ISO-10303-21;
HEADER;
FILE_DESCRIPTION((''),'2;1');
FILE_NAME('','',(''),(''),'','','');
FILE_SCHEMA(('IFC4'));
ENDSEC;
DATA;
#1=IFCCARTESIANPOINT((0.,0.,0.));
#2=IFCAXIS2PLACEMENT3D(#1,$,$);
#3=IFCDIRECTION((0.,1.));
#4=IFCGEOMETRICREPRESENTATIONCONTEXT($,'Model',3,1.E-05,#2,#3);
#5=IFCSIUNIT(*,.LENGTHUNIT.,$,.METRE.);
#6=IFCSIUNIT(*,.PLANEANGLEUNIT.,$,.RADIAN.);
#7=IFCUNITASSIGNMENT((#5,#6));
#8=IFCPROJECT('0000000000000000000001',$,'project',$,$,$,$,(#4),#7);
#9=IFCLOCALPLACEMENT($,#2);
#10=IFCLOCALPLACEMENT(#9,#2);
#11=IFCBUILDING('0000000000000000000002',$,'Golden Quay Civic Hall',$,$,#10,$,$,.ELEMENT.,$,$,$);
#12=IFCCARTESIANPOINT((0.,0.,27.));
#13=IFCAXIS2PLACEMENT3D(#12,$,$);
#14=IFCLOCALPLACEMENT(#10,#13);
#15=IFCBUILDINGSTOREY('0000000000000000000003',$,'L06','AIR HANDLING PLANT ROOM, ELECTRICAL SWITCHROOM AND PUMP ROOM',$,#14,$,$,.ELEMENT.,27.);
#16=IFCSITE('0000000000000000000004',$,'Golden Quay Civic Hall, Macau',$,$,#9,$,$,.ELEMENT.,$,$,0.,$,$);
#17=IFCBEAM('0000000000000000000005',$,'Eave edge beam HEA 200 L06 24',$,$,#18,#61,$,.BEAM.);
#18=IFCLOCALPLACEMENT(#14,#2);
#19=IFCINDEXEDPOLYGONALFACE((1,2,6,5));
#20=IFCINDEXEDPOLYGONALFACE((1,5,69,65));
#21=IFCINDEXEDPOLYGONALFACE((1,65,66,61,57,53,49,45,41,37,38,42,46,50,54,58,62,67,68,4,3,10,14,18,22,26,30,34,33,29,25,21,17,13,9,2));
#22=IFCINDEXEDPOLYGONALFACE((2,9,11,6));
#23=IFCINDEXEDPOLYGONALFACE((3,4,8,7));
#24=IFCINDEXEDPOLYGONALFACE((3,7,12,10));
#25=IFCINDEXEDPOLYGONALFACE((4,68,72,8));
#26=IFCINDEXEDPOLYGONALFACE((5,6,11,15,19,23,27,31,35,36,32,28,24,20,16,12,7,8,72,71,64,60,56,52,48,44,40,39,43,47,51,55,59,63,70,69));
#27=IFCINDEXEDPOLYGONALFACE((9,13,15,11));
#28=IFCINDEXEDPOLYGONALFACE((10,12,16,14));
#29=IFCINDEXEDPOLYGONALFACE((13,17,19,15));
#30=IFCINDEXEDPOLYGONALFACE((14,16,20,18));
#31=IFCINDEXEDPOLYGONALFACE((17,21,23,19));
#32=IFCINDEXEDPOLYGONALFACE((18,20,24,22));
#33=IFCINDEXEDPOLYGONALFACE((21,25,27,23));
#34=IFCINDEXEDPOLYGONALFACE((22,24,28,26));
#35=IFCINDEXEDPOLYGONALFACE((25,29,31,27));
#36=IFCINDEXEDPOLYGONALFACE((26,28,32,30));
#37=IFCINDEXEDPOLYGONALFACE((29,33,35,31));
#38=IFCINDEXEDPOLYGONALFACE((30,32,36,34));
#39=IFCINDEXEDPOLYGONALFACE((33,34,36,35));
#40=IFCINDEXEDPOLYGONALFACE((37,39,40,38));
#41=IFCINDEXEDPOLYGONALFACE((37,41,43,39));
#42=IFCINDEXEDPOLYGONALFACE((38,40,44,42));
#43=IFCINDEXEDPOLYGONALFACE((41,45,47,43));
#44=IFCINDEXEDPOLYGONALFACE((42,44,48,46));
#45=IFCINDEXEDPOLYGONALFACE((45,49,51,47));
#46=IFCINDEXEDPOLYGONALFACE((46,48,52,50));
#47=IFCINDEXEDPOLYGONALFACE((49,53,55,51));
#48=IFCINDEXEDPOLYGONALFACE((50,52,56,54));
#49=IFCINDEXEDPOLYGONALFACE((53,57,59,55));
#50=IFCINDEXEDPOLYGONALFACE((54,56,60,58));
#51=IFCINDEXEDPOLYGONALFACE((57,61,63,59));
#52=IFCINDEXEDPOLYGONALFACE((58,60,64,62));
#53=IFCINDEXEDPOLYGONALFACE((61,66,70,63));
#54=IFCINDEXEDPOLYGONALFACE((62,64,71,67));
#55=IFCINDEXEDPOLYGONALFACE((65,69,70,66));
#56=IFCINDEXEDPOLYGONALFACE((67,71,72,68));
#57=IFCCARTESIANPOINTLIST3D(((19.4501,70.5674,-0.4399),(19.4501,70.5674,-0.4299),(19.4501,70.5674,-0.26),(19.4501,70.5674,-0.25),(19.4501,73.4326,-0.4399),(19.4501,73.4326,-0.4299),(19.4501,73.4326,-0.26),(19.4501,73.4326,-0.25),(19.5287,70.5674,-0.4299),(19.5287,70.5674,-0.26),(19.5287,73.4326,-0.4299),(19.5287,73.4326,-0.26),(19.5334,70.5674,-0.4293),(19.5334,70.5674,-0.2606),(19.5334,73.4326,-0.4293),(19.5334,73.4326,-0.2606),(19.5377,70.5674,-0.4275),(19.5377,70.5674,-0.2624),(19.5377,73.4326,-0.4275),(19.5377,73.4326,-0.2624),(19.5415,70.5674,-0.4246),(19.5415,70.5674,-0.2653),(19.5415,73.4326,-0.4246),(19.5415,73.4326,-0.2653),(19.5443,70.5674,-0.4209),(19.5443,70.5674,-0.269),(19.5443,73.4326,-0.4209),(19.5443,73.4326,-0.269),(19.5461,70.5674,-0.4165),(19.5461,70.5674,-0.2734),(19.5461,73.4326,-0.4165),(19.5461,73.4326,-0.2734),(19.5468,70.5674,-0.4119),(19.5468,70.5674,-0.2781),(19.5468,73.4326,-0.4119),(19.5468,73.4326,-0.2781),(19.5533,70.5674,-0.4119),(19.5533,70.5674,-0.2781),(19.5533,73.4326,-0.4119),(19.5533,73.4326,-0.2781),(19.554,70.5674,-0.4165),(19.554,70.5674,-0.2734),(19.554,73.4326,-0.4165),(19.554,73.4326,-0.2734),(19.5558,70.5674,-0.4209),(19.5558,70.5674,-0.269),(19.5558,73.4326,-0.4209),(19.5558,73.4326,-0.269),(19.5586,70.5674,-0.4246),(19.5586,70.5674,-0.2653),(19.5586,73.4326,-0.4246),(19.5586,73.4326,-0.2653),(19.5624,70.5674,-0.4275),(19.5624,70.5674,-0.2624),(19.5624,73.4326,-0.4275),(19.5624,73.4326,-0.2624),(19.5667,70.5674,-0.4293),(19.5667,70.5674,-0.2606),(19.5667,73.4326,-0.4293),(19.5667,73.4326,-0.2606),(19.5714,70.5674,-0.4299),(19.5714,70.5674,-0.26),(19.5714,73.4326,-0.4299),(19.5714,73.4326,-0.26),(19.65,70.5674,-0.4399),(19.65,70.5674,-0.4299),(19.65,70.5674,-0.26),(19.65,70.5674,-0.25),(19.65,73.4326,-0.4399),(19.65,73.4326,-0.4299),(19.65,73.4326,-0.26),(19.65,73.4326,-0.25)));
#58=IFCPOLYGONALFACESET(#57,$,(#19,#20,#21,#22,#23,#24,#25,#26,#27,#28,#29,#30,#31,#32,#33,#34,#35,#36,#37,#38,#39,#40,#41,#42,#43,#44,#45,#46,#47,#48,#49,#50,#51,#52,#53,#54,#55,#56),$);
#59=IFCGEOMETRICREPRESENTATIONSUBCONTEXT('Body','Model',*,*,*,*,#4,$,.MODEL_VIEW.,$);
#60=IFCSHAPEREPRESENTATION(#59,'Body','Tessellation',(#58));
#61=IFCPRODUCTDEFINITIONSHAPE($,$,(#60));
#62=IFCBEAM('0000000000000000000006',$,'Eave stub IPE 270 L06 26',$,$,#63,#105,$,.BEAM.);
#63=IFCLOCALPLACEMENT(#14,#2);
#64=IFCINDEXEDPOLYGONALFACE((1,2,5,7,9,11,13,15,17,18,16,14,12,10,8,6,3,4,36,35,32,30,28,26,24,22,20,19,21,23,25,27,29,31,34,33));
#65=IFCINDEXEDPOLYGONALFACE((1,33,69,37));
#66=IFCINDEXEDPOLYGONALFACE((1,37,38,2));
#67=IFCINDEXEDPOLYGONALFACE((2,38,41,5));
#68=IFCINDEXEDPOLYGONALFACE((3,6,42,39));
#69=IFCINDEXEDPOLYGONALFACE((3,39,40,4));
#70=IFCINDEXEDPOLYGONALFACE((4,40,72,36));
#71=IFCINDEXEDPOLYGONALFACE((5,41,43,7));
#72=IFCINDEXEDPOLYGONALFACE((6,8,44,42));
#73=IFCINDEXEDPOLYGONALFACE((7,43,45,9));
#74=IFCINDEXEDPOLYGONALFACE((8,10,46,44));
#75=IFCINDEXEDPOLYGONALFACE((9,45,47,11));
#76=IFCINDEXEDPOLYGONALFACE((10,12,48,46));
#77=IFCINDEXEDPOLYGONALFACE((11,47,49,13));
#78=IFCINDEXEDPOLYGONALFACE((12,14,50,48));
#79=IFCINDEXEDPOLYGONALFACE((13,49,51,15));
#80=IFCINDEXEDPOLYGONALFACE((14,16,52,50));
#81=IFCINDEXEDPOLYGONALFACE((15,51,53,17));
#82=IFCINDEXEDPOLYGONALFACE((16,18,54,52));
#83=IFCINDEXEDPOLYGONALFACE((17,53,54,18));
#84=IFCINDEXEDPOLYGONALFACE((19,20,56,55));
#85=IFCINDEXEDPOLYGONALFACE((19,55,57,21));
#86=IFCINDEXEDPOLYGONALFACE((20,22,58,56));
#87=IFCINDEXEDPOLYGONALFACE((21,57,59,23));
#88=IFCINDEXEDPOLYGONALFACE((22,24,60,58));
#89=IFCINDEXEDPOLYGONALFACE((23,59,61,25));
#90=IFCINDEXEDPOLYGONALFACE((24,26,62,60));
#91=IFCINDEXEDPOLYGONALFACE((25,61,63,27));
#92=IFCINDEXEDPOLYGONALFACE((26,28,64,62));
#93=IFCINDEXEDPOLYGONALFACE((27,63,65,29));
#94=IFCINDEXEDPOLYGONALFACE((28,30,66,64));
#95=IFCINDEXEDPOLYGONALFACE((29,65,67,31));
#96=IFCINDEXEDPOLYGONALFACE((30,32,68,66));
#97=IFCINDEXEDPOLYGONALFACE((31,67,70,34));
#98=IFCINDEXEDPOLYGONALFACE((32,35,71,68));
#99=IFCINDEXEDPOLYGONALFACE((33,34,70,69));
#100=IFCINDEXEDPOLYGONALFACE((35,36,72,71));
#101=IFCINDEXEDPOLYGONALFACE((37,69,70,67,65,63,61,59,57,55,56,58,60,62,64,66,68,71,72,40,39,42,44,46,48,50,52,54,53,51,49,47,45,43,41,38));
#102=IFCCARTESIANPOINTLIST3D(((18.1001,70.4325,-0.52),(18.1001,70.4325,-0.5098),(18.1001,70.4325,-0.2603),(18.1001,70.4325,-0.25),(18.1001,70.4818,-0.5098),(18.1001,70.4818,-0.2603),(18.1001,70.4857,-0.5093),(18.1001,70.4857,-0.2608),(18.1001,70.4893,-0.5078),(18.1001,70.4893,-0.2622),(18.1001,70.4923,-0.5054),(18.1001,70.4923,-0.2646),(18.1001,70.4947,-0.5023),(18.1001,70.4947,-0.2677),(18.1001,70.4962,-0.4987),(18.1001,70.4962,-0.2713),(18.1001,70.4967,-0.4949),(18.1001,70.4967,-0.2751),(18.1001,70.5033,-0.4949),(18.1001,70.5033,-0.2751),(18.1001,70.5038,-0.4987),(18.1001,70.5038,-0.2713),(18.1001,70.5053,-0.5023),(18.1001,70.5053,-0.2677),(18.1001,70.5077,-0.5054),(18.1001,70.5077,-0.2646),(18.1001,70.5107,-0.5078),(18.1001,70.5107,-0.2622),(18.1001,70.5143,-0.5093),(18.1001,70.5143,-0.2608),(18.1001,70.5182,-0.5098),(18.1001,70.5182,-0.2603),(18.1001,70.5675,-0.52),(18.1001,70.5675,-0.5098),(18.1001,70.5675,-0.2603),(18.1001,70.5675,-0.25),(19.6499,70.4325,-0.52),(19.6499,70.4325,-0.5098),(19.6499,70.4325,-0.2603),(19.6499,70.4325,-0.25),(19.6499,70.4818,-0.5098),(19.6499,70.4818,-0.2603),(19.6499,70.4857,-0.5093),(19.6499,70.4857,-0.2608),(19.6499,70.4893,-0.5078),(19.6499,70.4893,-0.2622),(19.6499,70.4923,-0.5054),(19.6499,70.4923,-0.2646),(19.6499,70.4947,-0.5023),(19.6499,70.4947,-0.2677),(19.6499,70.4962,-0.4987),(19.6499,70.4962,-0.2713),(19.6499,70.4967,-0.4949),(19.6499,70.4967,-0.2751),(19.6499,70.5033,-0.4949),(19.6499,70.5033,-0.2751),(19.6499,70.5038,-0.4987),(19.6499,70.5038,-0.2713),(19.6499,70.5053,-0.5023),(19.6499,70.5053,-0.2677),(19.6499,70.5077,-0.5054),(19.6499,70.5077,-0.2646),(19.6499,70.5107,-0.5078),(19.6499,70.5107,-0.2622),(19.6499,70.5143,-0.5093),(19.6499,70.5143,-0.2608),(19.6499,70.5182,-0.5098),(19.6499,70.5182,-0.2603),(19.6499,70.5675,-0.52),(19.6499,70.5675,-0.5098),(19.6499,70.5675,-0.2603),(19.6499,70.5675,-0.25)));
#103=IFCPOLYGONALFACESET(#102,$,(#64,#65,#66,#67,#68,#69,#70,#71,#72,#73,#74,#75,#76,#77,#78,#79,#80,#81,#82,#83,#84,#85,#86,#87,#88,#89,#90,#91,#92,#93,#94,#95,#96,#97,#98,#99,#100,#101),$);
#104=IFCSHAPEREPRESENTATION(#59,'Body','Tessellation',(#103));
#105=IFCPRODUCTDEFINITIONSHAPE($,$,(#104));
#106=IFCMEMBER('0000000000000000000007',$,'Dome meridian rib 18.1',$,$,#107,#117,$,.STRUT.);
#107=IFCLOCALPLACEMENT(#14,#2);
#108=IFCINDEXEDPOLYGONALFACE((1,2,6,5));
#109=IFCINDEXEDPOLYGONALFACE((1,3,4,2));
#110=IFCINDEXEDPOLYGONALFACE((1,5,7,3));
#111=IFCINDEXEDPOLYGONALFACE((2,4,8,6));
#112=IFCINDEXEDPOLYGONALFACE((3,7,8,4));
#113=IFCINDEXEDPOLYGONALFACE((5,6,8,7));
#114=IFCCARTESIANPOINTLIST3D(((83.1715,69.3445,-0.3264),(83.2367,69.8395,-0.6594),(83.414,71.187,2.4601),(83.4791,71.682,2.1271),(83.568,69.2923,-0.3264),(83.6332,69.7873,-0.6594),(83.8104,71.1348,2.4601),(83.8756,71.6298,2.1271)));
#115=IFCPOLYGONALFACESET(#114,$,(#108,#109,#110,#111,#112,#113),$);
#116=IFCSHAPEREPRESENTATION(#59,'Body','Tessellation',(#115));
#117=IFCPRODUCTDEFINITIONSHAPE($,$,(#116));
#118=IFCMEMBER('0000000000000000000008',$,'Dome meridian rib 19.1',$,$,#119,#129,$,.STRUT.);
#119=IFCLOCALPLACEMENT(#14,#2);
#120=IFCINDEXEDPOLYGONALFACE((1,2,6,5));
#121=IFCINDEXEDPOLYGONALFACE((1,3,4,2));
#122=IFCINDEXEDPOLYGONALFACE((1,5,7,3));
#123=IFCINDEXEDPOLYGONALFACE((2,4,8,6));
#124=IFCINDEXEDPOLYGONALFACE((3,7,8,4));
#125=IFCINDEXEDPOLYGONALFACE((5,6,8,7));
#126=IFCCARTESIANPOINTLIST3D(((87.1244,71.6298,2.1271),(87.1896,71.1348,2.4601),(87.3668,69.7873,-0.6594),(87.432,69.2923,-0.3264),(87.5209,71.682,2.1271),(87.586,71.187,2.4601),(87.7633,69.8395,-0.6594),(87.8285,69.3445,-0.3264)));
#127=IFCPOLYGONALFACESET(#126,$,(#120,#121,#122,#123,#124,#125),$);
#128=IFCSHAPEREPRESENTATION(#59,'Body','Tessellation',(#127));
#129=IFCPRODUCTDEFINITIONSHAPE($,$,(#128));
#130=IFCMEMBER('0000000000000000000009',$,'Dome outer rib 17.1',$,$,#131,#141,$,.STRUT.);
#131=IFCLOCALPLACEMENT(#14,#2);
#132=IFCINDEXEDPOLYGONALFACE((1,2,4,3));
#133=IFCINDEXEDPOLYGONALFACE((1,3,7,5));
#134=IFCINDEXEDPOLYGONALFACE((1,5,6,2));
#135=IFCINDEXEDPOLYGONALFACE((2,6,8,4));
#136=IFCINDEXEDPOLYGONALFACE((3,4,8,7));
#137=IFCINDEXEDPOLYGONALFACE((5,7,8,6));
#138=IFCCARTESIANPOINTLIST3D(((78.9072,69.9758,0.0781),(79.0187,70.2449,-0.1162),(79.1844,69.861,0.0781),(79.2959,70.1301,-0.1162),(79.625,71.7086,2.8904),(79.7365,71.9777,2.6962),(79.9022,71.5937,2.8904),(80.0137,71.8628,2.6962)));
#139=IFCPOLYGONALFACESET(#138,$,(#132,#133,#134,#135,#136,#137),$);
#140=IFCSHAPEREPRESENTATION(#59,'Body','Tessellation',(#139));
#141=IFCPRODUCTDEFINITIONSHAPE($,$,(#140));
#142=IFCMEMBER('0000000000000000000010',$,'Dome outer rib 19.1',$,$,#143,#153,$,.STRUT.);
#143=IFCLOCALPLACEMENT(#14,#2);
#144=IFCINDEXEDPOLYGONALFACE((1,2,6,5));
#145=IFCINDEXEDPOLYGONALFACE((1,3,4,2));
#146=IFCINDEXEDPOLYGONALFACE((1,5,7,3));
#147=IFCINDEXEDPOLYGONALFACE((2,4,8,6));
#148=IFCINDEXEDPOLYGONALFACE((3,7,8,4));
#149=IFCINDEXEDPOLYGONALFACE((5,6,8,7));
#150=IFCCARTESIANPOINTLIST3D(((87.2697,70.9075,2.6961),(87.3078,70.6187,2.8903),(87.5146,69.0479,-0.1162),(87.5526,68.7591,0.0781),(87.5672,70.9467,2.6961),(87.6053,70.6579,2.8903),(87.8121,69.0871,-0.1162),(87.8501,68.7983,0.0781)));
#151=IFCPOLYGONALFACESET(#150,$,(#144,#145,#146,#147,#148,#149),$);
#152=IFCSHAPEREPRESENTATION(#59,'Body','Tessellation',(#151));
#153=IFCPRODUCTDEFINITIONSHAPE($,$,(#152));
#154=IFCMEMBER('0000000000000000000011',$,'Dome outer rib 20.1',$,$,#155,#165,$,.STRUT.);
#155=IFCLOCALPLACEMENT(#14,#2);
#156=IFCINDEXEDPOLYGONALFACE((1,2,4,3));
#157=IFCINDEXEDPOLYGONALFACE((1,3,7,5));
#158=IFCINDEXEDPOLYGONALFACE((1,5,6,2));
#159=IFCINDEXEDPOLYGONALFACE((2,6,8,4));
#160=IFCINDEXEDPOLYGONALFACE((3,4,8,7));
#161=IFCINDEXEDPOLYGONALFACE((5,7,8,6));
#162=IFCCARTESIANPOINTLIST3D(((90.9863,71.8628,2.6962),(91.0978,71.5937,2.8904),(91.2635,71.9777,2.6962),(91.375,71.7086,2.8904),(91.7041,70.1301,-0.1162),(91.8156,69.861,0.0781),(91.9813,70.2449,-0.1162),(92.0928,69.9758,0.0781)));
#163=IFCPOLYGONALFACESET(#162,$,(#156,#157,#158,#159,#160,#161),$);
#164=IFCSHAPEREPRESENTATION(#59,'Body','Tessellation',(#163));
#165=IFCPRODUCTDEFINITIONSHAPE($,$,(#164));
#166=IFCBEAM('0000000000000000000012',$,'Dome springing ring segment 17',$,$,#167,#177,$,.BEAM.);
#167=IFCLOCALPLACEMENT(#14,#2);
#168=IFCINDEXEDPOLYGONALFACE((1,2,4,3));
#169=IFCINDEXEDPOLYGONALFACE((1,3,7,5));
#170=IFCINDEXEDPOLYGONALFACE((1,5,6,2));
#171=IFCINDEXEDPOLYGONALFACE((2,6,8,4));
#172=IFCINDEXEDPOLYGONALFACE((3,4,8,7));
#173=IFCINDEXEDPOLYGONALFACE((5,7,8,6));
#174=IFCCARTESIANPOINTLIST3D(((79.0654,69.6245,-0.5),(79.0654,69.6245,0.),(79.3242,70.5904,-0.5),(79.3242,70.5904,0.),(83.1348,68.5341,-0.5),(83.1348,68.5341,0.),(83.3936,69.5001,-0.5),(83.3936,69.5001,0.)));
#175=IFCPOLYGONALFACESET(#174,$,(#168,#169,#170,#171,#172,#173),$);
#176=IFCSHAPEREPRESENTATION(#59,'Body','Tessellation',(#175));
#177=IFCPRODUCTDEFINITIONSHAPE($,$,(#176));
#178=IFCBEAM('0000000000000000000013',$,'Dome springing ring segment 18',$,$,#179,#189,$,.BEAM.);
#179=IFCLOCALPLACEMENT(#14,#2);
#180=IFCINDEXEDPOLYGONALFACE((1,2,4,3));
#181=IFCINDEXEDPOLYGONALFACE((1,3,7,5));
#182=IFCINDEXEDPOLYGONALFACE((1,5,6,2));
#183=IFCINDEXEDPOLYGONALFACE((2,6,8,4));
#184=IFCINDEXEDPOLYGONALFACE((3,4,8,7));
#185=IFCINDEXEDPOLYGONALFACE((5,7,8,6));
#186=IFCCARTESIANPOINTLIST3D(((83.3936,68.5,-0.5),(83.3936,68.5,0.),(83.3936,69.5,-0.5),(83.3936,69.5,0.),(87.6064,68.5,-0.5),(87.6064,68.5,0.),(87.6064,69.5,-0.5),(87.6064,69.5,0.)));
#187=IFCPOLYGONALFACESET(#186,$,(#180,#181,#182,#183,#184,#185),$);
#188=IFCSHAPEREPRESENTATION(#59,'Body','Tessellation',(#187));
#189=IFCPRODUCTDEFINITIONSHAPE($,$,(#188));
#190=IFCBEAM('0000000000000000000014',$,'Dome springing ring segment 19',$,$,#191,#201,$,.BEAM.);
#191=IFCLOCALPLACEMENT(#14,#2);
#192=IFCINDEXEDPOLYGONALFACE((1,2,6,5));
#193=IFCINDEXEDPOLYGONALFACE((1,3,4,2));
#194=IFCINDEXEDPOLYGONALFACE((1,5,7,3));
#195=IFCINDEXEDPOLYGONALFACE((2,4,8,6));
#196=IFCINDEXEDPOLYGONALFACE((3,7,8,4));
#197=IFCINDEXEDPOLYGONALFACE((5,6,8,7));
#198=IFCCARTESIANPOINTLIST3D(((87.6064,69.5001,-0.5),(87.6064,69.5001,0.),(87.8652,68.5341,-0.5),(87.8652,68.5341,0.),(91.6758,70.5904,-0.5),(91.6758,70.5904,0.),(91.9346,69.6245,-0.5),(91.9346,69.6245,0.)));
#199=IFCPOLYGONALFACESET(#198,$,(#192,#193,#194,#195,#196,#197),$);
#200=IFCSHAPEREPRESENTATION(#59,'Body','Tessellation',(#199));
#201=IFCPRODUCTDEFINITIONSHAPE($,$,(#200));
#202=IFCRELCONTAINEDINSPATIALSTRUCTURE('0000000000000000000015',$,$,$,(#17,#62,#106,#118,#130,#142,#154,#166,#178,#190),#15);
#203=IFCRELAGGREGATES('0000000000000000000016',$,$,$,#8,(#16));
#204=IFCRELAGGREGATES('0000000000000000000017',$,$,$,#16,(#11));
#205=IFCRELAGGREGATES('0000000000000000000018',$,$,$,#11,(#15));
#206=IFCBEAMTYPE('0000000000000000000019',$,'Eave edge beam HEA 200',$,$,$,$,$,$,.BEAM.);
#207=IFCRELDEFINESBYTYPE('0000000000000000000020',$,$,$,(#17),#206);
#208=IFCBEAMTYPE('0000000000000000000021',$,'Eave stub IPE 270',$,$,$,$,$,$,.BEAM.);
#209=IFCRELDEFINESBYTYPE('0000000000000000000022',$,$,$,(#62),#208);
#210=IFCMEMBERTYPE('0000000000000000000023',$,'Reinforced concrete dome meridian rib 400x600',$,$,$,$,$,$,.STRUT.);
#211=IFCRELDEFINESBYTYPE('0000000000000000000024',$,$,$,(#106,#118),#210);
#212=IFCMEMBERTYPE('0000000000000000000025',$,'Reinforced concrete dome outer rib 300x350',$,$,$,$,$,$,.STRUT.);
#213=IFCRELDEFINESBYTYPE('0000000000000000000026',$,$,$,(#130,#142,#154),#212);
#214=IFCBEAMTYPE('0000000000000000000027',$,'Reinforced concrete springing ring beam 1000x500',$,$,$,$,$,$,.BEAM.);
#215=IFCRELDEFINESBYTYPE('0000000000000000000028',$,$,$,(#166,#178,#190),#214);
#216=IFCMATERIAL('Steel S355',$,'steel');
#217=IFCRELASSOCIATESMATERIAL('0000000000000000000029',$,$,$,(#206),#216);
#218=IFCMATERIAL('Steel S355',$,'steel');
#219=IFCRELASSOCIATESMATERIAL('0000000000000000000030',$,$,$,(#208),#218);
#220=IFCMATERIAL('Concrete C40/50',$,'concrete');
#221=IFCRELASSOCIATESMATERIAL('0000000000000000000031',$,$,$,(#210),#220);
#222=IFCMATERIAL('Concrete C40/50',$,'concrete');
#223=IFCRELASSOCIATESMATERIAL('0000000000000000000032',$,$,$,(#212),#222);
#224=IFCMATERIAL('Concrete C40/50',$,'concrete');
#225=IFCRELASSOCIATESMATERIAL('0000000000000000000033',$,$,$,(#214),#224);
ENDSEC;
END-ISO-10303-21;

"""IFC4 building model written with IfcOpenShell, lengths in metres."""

from ifc_helpers import new_model, si_unit, direction, frame, origin, origin_2d, place, context, subcontext, project, spatial, rectangle, i_section, extrude, material, material_profile, profile_set, type_object, element, save


model = new_model("IFC4")

# Units and contexts
model_context = context("Model", 3, precision=1e-05, world=origin(), true_north=direction((0.0, 1.0)))
body_context = subcontext(model_context, "Body", "Model", "MODEL_VIEW")
ifc_project = project(units=[si_unit("LENGTHUNIT", "METRE"), si_unit("PLANEANGLEUNIT", "RADIAN")], contexts=[model_context])

# Site, building, storey
site_placement = place(None, origin())
site = spatial("IfcSite", under=ifc_project, at=site_placement, Name="Golden Quay Civic Hall, Macau", CompositionType="ELEMENT", RefElevation=0.0)
building_placement = place(site_placement, origin())
building = spatial("IfcBuilding", under=site, at=building_placement, Name="Golden Quay Civic Hall", CompositionType="ELEMENT")
storey_placement = place(building_placement, frame((0.0, 0.0, 27.0)))
storey = spatial("IfcBuildingStorey", under=building, at=storey_placement, Name="L06", Description="AIR HANDLING PLANT ROOM, ELECTRICAL SWITCHROOM AND PUMP ROOM", CompositionType="ELEMENT", Elevation=27.0)

# Beams
ifc_material_1 = material(Name="Steel S355", Category="steel")
ifc_material_profile_1 = material_profile(ifc_material_1, i_section(OverallWidth=0.2, OverallDepth=0.1899, WebThickness=0.0066, FlangeThickness=0.01, FilletRadius=0.0181, at=origin_2d()), Name="HEA 200")
ifc_profile_set_1 = profile_set([ifc_material_profile_1], Name="Steel S355")
beam_type_1 = type_object("IfcBeamType", Name="Eave edge beam HEA 200", PredefinedType="BEAM", material=ifc_profile_set_1)
beam_1_placement = place(storey_placement, frame((19.55, 70.5674, -0.345), z_axis=(0.0, 1.0, 0.0), x_axis=(-1.0, 0.0, 0.0)))
element("IfcBeam", 1, at=beam_1_placement, inside=storey, type_object=beam_type_1, Name="Eave edge beam HEA 200 L06 24", PredefinedType="BEAM", context=body_context, shape_type="SweptSolid", body=[
    extrude(i_section(OverallWidth=0.2, OverallDepth=0.1899, WebThickness=0.0066, FlangeThickness=0.01, FilletRadius=0.0181, at=origin_2d()), origin(), (0.0, 0.0, 1.0), 2.8652),
])
ifc_material_2 = material(Name="Steel S355", Category="steel")
ifc_material_profile_2 = material_profile(ifc_material_2, i_section(OverallWidth=0.135, OverallDepth=0.27, WebThickness=0.0066, FlangeThickness=0.0103, FilletRadius=0.0149, at=origin_2d()), Name="IPE 270")
ifc_profile_set_2 = profile_set([ifc_material_profile_2], Name="Steel S355")
beam_type_2 = type_object("IfcBeamType", Name="Eave stub IPE 270", PredefinedType="BEAM", material=ifc_profile_set_2)
beam_2_placement = place(storey_placement, frame((18.1001, 70.5, -0.385), z_axis=(1.0, 0.0, 0.0), x_axis=(0.0, 1.0, 0.0)))
element("IfcBeam", 2, at=beam_2_placement, inside=storey, type_object=beam_type_2, Name="Eave stub IPE 270 L06 26", PredefinedType="BEAM", context=body_context, shape_type="SweptSolid", body=[
    extrude(i_section(OverallWidth=0.135, OverallDepth=0.27, WebThickness=0.0066, FlangeThickness=0.0103, FilletRadius=0.0149, at=origin_2d()), origin(), (0.0, 0.0, 1.0), 1.5498),
])

# Members
ifc_material_3 = material(Name="Concrete C40/50", Category="concrete")
ifc_material_profile_3 = material_profile(ifc_material_3, rectangle(XDim=0.3999, YDim=0.6001, at=origin_2d()), Name="RC 400x600")
ifc_profile_set_3 = profile_set([ifc_material_profile_3], Name="Concrete C40/50")
member_type_1 = type_object("IfcMemberType", Name="Reinforced concrete dome meridian rib 400x600", PredefinedType="STRUT", material=ifc_profile_set_3)
for number, where, z_axis, x_axis, name in (
    (3, (83.4023, 69.5659, -0.4929), (0.072379, 0.550096, 0.831959), (-0.991455, 0.130451, 0.0), "Dome meridian rib 18.1"),
    (4, (87.5977, 69.5659, -0.4929), (-0.072379, 0.550096, 0.831959), (-0.991455, -0.130451, 0.0), "Dome meridian rib 19.1"),
):
    element("IfcMember", number, at=place(storey_placement, frame(where, z_axis=z_axis, x_axis=x_axis)), inside=storey, type_object=member_type_1, Name=name, PredefinedType="STRUT", context=body_context, shape_type="SweptSolid", body=[
        extrude(rectangle(XDim=0.3999, YDim=0.6001, at=origin_2d()), origin(), (0.0, 0.0, 1.0), 3.3494),
    ])
ifc_material_4 = material(Name="Concrete C40/50", Category="concrete")
ifc_material_profile_4 = material_profile(ifc_material_4, rectangle(XDim=0.3, YDim=0.3501, at=origin_2d()), Name="RC 300x350")
ifc_profile_set_4 = profile_set([ifc_material_profile_4], Name="Concrete C40/50")
member_type_2 = type_object("IfcMemberType", Name="Reinforced concrete dome outer rib 300x350", PredefinedType="STRUT", material=ifc_profile_set_4)
for number, where, z_axis, x_axis, name in (
    (5, (79.1016, 70.053, -0.019), (0.212343, 0.512585, 0.831966), (-0.923865, 0.38272, 0.0), "Dome outer rib 17.1"),
    (6, (87.6824, 68.9231, -0.019), (-0.07244, 0.550122, 0.831936), (-0.991441, -0.130552, 0.0), "Dome outer rib 19.1"),
    (7, (91.8984, 70.053, -0.019), (-0.212343, 0.512585, 0.831966), (-0.923865, -0.38272, 0.0), "Dome outer rib 20.1"),
):
    element("IfcMember", number, at=place(storey_placement, frame(where, z_axis=z_axis, x_axis=x_axis)), inside=storey, type_object=member_type_2, Name=name, PredefinedType="STRUT", context=body_context, shape_type="SweptSolid", body=[
        extrude(rectangle(XDim=0.3, YDim=0.3501, at=origin_2d()), origin(), (0.0, 0.0, 1.0), 3.3804),
    ])

# Beams
ifc_material_5 = material(Name="Concrete C40/50", Category="concrete")
ifc_material_profile_5 = material_profile(ifc_material_5, rectangle(XDim=1.0, YDim=0.5, at=origin_2d()), Name="RC 1000x500")
ifc_profile_set_5 = profile_set([ifc_material_profile_5], Name="Concrete C40/50")
beam_type_3 = type_object("IfcBeamType", Name="Reinforced concrete springing ring beam 1000x500", PredefinedType="BEAM", material=ifc_profile_set_5)
for number, where, z_axis, x_axis, name in (
    (8, (79.1948, 70.1074, -0.25), (0.965928, -0.258809, 0.0), (0.258809, 0.965928, 0.0), "Dome springing ring segment 17"),
    (9, (83.3936, 69.0, -0.25), (1.0, 0.0, 0.0), (0.0, 1.0, 0.0), "Dome springing ring segment 18"),
    (10, (87.7358, 69.0171, -0.25), (0.965928, 0.258809, 0.0), (-0.258809, 0.965928, 0.0), "Dome springing ring segment 19"),
):
    element("IfcBeam", number, at=place(storey_placement, frame(where, z_axis=z_axis, x_axis=x_axis)), inside=storey, type_object=beam_type_3, Name=name, PredefinedType="BEAM", context=body_context, shape_type="SweptSolid", body=[
        extrude(rectangle(XDim=1.0, YDim=0.5, at=origin_2d()), origin(), (0.0, 0.0, 1.0), 4.2129),
    ])

save(model, "model.ifc")
